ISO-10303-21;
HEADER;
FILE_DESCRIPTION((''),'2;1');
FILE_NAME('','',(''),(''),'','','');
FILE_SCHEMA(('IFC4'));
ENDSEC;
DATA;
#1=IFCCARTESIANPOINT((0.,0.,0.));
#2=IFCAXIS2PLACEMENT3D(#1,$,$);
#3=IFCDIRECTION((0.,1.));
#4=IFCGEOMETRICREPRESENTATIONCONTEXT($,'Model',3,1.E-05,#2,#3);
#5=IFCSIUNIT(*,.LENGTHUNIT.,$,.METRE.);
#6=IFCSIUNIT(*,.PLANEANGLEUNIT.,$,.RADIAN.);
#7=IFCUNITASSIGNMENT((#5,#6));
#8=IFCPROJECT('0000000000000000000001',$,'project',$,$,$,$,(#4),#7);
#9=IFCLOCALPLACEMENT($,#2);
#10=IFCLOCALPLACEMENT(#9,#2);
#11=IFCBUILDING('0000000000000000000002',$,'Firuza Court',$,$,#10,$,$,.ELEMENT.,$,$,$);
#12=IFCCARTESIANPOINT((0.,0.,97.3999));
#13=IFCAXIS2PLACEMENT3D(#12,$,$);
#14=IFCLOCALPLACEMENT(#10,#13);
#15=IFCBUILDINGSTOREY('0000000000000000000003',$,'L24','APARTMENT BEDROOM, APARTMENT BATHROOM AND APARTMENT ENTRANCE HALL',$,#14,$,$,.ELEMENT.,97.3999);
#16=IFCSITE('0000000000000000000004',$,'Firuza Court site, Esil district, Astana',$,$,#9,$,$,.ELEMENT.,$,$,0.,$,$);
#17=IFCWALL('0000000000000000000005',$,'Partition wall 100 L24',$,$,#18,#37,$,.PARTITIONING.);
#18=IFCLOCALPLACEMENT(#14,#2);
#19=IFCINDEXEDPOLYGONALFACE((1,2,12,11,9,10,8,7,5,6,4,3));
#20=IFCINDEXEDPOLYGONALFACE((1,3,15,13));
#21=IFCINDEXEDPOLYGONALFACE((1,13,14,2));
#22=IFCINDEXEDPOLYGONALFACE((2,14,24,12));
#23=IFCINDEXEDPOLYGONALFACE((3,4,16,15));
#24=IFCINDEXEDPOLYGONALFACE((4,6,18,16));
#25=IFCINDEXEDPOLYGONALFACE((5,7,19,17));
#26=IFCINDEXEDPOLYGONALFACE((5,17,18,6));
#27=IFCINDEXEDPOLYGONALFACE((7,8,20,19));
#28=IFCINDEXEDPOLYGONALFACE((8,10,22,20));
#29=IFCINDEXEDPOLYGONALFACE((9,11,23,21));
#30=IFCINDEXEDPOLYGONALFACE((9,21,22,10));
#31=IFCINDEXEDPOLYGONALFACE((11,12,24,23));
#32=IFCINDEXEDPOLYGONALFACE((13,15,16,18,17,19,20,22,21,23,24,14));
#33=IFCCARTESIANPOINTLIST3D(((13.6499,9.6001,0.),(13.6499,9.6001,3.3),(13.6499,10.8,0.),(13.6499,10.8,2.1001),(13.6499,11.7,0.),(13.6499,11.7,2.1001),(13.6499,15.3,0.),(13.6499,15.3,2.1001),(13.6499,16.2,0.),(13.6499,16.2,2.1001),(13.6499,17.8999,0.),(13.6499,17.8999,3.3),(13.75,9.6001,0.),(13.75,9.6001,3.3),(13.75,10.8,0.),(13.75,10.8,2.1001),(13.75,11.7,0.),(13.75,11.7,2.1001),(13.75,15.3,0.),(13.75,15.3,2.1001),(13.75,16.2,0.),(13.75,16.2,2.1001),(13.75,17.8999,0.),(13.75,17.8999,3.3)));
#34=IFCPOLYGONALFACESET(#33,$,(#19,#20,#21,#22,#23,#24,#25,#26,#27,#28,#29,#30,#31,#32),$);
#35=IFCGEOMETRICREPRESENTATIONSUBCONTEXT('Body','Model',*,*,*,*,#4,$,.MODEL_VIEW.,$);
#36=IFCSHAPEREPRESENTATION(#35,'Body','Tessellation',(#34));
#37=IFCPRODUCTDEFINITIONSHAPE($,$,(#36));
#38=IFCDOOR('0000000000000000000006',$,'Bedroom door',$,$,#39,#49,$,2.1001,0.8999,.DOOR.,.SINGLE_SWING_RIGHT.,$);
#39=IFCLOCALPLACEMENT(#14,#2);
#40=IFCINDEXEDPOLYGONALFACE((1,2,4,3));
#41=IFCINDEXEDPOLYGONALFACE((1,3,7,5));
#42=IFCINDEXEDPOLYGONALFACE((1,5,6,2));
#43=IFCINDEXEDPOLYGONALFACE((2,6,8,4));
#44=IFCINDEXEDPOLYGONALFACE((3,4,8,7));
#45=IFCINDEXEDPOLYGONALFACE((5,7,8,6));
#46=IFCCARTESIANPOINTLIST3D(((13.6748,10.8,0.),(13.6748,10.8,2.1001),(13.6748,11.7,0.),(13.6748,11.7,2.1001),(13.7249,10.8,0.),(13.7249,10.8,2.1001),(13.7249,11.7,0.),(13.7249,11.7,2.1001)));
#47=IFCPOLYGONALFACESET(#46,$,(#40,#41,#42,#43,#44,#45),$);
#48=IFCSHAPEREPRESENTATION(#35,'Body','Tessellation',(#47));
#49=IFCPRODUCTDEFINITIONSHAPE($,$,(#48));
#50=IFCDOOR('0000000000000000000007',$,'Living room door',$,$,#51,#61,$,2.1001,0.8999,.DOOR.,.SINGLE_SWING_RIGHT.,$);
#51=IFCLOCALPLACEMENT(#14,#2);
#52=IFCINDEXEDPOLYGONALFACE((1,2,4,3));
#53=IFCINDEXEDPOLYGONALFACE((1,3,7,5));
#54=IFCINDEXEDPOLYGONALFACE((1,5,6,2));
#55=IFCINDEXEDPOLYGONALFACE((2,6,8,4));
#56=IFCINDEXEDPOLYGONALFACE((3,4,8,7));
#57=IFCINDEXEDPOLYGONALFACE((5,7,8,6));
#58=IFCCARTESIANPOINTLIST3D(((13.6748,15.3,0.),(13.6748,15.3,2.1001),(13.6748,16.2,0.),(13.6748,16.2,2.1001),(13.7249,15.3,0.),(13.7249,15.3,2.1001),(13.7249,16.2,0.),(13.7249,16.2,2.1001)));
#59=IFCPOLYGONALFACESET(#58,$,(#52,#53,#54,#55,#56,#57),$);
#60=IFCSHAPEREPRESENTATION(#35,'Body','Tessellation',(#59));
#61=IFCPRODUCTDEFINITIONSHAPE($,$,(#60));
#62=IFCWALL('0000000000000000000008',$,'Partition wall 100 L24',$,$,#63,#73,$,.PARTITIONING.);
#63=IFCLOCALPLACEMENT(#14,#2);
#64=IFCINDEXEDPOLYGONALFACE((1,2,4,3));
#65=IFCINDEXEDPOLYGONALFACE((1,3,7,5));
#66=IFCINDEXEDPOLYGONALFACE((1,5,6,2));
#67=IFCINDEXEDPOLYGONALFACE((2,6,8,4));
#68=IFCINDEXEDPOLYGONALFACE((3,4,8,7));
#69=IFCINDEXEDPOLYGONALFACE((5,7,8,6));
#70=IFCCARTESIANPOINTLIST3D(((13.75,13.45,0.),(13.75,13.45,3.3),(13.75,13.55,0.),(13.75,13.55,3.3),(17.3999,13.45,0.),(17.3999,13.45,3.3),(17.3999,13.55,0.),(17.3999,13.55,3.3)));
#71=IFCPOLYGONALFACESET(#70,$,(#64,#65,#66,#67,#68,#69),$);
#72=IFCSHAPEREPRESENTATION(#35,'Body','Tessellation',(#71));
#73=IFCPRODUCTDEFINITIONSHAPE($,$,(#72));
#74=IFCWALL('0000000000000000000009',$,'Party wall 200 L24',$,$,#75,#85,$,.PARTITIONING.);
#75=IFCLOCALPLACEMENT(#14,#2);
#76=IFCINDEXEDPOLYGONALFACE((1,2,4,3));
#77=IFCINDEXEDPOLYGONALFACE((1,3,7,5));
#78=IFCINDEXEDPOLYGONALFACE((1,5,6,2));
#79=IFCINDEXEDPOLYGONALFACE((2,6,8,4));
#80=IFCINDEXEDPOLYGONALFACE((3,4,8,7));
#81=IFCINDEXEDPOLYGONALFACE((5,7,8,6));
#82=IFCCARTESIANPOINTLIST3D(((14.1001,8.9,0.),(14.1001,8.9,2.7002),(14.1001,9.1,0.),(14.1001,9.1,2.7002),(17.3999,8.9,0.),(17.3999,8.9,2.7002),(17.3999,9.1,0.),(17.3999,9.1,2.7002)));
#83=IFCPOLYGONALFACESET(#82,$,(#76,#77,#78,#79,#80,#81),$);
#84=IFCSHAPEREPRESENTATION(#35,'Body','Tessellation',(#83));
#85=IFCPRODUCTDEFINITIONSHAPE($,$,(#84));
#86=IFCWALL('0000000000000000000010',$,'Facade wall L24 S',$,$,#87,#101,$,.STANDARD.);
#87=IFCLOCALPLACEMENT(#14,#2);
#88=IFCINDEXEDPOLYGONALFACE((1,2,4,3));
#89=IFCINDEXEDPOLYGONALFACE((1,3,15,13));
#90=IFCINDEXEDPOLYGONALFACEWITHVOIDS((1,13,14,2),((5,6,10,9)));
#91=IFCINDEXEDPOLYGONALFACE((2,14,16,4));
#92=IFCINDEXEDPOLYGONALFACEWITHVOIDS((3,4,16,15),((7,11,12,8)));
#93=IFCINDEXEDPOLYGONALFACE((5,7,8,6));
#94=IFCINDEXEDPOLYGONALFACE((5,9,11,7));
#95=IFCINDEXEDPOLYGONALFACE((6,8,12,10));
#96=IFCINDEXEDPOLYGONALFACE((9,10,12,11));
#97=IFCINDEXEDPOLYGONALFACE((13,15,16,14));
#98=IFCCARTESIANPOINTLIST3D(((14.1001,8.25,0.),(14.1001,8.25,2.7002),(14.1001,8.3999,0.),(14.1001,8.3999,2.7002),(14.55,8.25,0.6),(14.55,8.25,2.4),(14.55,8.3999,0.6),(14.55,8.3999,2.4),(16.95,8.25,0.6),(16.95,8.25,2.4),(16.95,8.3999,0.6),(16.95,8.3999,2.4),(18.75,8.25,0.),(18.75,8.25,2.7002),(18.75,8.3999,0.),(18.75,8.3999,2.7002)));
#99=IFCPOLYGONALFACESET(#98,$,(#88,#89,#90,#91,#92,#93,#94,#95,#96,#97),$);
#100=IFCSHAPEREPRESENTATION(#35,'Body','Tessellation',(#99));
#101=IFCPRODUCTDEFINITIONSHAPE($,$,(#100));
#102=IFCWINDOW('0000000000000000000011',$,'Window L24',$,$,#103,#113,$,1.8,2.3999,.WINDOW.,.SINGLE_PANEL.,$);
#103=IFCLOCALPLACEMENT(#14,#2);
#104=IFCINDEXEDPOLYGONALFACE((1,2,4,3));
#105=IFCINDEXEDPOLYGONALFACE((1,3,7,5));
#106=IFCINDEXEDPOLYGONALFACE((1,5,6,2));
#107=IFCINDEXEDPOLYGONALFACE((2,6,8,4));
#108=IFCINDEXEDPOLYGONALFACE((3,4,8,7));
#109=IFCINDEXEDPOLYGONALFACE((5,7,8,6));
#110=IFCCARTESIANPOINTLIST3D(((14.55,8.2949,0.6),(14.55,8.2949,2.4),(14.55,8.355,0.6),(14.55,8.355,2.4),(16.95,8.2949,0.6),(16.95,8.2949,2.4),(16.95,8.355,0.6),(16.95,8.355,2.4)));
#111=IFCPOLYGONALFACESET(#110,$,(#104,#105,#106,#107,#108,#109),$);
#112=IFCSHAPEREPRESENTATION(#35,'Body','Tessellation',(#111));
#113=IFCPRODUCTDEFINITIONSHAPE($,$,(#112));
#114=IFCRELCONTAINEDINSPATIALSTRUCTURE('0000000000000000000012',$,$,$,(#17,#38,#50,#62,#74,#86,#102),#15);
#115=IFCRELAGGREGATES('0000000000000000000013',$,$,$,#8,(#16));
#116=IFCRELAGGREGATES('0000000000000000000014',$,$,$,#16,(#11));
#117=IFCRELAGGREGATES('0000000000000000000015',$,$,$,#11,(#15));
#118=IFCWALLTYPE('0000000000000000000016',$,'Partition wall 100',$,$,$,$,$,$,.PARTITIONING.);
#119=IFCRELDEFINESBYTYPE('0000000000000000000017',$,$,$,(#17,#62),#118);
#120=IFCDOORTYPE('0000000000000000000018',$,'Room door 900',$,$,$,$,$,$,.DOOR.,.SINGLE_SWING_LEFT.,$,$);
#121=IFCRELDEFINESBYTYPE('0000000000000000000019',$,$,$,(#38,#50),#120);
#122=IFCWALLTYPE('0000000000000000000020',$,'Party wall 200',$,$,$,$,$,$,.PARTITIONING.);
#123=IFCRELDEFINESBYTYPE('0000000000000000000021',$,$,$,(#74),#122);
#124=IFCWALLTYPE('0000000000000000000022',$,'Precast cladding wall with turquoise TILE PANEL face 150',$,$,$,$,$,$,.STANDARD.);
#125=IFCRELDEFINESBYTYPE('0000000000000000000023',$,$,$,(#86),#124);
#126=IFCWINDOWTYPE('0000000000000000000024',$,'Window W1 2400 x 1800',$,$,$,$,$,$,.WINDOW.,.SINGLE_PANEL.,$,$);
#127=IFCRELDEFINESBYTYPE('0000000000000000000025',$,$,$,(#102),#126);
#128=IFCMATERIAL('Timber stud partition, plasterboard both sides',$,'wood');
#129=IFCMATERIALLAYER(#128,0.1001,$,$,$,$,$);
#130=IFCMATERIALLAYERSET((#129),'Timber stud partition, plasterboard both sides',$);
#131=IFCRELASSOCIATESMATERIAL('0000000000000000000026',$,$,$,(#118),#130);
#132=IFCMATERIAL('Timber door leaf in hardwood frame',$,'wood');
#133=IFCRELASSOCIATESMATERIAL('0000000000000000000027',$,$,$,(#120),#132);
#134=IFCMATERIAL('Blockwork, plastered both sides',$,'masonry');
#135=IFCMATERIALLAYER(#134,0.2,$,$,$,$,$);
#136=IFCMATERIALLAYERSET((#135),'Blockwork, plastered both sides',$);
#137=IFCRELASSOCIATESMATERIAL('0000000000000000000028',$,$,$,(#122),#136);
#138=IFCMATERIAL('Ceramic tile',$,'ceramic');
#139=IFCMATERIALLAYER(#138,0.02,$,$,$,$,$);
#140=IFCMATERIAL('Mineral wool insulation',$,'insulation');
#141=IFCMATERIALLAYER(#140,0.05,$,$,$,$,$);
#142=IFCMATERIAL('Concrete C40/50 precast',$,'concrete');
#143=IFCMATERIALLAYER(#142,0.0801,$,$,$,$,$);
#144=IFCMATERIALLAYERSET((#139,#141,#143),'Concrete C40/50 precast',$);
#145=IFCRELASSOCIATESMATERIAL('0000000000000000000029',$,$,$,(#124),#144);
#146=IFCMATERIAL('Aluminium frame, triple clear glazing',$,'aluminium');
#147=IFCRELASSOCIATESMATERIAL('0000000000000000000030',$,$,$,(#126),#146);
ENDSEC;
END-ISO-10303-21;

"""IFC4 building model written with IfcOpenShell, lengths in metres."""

from ifc_helpers import new_model, si_unit, direction, frame, frame_2d, origin, place, context, subcontext, project, spatial, rectangle, extrude, material, layer, layer_set, type_object, element, fill, save


model = new_model("IFC4")

# Units and contexts
model_context = context("Model", 3, precision=1e-05, world=origin(), true_north=direction((0.0, 1.0)))
body_context = subcontext(model_context, "Body", "Model", "MODEL_VIEW")
ifc_project = project(units=[si_unit("LENGTHUNIT", "METRE"), si_unit("PLANEANGLEUNIT", "RADIAN")], contexts=[model_context])

# Site, building, storey
site_placement = place(None, origin())
site = spatial("IfcSite", under=ifc_project, at=site_placement, Name="Firuza Court site, Esil district, Astana", CompositionType="ELEMENT", RefElevation=0.0)
building_placement = place(site_placement, origin())
building = spatial("IfcBuilding", under=site, at=building_placement, Name="Firuza Court", CompositionType="ELEMENT")
storey_placement = place(building_placement, frame((0.0, 0.0, 97.3999)))
storey = spatial("IfcBuildingStorey", under=building, at=storey_placement, Name="L24", Description="APARTMENT BEDROOM, APARTMENT BATHROOM AND APARTMENT ENTRANCE HALL", CompositionType="ELEMENT", Elevation=97.3999)

# Shared definitions
ifc_material_1 = material(Name="Timber stud partition, plasterboard both sides", Category="wood")
ifc_layer_1 = layer(ifc_material_1, 0.1001)
ifc_layer_set_1 = layer_set([ifc_layer_1], Name="Timber stud partition, plasterboard both sides")
wall_type_1 = type_object("IfcWallType", Name="Partition wall 100", PredefinedType="PARTITIONING", material=ifc_layer_set_1)

# Wall, openings, doors
ifc_material_2 = material(Name="Timber door leaf in hardwood frame", Category="wood")
door_type_1 = type_object("IfcDoorType", Name="Room door 900", OperationType="SINGLE_SWING_LEFT", PredefinedType="DOOR", material=ifc_material_2)
wall_1_placement = place(storey_placement, frame((13.7, 9.6001, 0.0), z_axis=(0.0, 0.0, 1.0), x_axis=(0.0, 1.0, 0.0)))
wall_1 = element("IfcWall", 1, at=wall_1_placement, inside=storey, type_object=wall_type_1, Name="Partition wall 100 L24", PredefinedType="PARTITIONING", context=body_context, shape_type="SweptSolid", body=[
    extrude(rectangle(XDim=8.2998, YDim=0.1001, at=frame_2d((4.1499, 0.0))), origin(), (0.0, 0.0, 1.0), 3.3),
])
opening_1_placement = place(wall_1_placement, frame((1.2, 0.0, 0.0)))
opening_1 = element("IfcOpeningElement", 2, at=opening_1_placement, cuts=wall_1, PredefinedType="OPENING", context=body_context, shape_type="SweptSolid", body=[
    extrude(rectangle(XDim=0.8999, YDim=2.1001, at=frame_2d((0.45, 1.05))), frame((0.0, 0.062, 0.0), z_axis=(0.0, -1.0, 0.0), x_axis=(1.0, 0.0, 0.0)), (0.0, 0.0, 1.0), 0.124),
])
opening_2_placement = place(wall_1_placement, frame((5.7, 0.0, 0.0)))
opening_2 = element("IfcOpeningElement", 3, at=opening_2_placement, cuts=wall_1, PredefinedType="OPENING", context=body_context, shape_type="SweptSolid", body=[
    extrude(rectangle(XDim=0.8999, YDim=2.1001, at=frame_2d((0.45, 1.05))), frame((0.0, 0.062, 0.0), z_axis=(0.0, -1.0, 0.0), x_axis=(1.0, 0.0, 0.0)), (0.0, 0.0, 1.0), 0.124),
])
door_1_placement = place(opening_1_placement, frame((0.8999, 0.0, 0.0), z_axis=(0.0, 0.0, 1.0), x_axis=(-1.0, 0.0, 0.0)))
door_1 = element("IfcDoor", 4, at=door_1_placement, inside=storey, type_object=door_type_1, Name="Bedroom door", OperationType="SINGLE_SWING_RIGHT", OverallHeight=2.1001, OverallWidth=0.8999, PredefinedType="DOOR", context=body_context, shape_type="SweptSolid", body=[
    extrude(rectangle(XDim=0.8999, YDim=2.1001, at=frame_2d((0.45, 1.05))), frame((0.0, 0.0249, 0.0), z_axis=(0.0, -1.0, 0.0), x_axis=(1.0, 0.0, 0.0)), (0.0, 0.0, 1.0), 0.05),
])
fill(opening_1, door_1)
door_2_placement = place(opening_2_placement, frame((0.8999, 0.0, 0.0), z_axis=(0.0, 0.0, 1.0), x_axis=(-1.0, 0.0, 0.0)))
door_2 = element("IfcDoor", 5, at=door_2_placement, inside=storey, type_object=door_type_1, Name="Living room door", OperationType="SINGLE_SWING_RIGHT", OverallHeight=2.1001, OverallWidth=0.8999, PredefinedType="DOOR", context=body_context, shape_type="SweptSolid", body=[
    extrude(rectangle(XDim=0.8999, YDim=2.1001, at=frame_2d((0.45, 1.05))), frame((0.0, 0.0249, 0.0), z_axis=(0.0, -1.0, 0.0), x_axis=(1.0, 0.0, 0.0)), (0.0, 0.0, 1.0), 0.05),
])
fill(opening_2, door_2)

# Walls
wall_2_placement = place(storey_placement, frame((13.75, 13.5, 0.0), z_axis=(0.0, 0.0, 1.0), x_axis=(1.0, 0.0, 0.0)))
element("IfcWall", 6, at=wall_2_placement, inside=storey, type_object=wall_type_1, Name="Partition wall 100 L24", PredefinedType="PARTITIONING", context=body_context, shape_type="SweptSolid", body=[
    extrude(rectangle(XDim=3.6499, YDim=0.1001, at=frame_2d((1.825, 0.0))), origin(), (0.0, 0.0, 1.0), 3.3),
])
ifc_material_3 = material(Name="Blockwork, plastered both sides", Category="masonry")
ifc_layer_2 = layer(ifc_material_3, 0.2)
ifc_layer_set_2 = layer_set([ifc_layer_2], Name="Blockwork, plastered both sides")
wall_type_2 = type_object("IfcWallType", Name="Party wall 200", PredefinedType="PARTITIONING", material=ifc_layer_set_2)
wall_3_placement = place(storey_placement, frame((14.1001, 9.0, 0.0), z_axis=(0.0, 0.0, 1.0), x_axis=(1.0, 0.0, 0.0)))
element("IfcWall", 7, at=wall_3_placement, inside=storey, type_object=wall_type_2, Name="Party wall 200 L24", PredefinedType="PARTITIONING", context=body_context, shape_type="SweptSolid", body=[
    extrude(rectangle(XDim=3.2998, YDim=0.2, at=frame_2d((1.6499, 0.0))), origin(), (0.0, 0.0, 1.0), 2.7002),
])

# Wall, opening, window
ifc_material_4 = material(Name="Ceramic tile", Category="ceramic")
ifc_layer_3 = layer(ifc_material_4, 0.02)
ifc_material_5 = material(Name="Mineral wool insulation", Category="insulation")
ifc_layer_4 = layer(ifc_material_5, 0.05)
ifc_material_6 = material(Name="Concrete C40/50 precast", Category="concrete")
ifc_layer_5 = layer(ifc_material_6, 0.0801)
ifc_layer_set_3 = layer_set([ifc_layer_3, ifc_layer_4, ifc_layer_5], Name="Concrete C40/50 precast")
wall_type_3 = type_object("IfcWallType", Name="Precast cladding wall with turquoise TILE PANEL face 150", PredefinedType="STANDARD", material=ifc_layer_set_3)
wall_4_placement = place(storey_placement, frame((14.1001, 8.325, 0.0), z_axis=(0.0, 0.0, 1.0), x_axis=(1.0, 0.0, 0.0)))
wall_4 = element("IfcWall", 8, at=wall_4_placement, inside=storey, type_object=wall_type_3, Name="Facade wall L24 S", PredefinedType="STANDARD", context=body_context, shape_type="SweptSolid", body=[
    extrude(rectangle(XDim=4.6499, YDim=0.1499, at=frame_2d((2.325, 0.0))), origin(), (0.0, 0.0, 1.0), 2.7002),
])
opening_3_placement = place(wall_4_placement, frame((0.45, 0.0, 0.6001)))
opening_3 = element("IfcOpeningElement", 9, at=opening_3_placement, cuts=wall_4, PredefinedType="OPENING", context=body_context, shape_type="SweptSolid", body=[
    extrude(rectangle(XDim=2.3999, YDim=1.8, at=frame_2d((1.2, 0.8999))), frame((0.0, 0.0869, 0.0), z_axis=(0.0, -1.0, 0.0), x_axis=(1.0, 0.0, 0.0)), (0.0, 0.0, 1.0), 0.1738),
])
ifc_material_7 = material(Name="Aluminium frame, triple clear glazing", Category="aluminium")
window_type = type_object("IfcWindowType", Name="Window W1 2400 x 1800", PartitioningType="SINGLE_PANEL", PredefinedType="WINDOW", material=ifc_material_7)
window_placement = place(opening_3_placement, origin())
window = element("IfcWindow", 10, at=window_placement, inside=storey, type_object=window_type, Name="Window L24", OverallHeight=1.8, OverallWidth=2.3999, PartitioningType="SINGLE_PANEL", PredefinedType="WINDOW", context=body_context, shape_type="SweptSolid", body=[
    extrude(rectangle(XDim=2.3999, YDim=1.8, at=frame_2d((1.2, 0.8999))), frame((0.0, 0.03, 0.0), z_axis=(0.0, -1.0, 0.0), x_axis=(1.0, 0.0, 0.0)), (0.0, 0.0, 1.0), 0.0601),
])
fill(opening_3, window)

save(model, "model.ifc")
